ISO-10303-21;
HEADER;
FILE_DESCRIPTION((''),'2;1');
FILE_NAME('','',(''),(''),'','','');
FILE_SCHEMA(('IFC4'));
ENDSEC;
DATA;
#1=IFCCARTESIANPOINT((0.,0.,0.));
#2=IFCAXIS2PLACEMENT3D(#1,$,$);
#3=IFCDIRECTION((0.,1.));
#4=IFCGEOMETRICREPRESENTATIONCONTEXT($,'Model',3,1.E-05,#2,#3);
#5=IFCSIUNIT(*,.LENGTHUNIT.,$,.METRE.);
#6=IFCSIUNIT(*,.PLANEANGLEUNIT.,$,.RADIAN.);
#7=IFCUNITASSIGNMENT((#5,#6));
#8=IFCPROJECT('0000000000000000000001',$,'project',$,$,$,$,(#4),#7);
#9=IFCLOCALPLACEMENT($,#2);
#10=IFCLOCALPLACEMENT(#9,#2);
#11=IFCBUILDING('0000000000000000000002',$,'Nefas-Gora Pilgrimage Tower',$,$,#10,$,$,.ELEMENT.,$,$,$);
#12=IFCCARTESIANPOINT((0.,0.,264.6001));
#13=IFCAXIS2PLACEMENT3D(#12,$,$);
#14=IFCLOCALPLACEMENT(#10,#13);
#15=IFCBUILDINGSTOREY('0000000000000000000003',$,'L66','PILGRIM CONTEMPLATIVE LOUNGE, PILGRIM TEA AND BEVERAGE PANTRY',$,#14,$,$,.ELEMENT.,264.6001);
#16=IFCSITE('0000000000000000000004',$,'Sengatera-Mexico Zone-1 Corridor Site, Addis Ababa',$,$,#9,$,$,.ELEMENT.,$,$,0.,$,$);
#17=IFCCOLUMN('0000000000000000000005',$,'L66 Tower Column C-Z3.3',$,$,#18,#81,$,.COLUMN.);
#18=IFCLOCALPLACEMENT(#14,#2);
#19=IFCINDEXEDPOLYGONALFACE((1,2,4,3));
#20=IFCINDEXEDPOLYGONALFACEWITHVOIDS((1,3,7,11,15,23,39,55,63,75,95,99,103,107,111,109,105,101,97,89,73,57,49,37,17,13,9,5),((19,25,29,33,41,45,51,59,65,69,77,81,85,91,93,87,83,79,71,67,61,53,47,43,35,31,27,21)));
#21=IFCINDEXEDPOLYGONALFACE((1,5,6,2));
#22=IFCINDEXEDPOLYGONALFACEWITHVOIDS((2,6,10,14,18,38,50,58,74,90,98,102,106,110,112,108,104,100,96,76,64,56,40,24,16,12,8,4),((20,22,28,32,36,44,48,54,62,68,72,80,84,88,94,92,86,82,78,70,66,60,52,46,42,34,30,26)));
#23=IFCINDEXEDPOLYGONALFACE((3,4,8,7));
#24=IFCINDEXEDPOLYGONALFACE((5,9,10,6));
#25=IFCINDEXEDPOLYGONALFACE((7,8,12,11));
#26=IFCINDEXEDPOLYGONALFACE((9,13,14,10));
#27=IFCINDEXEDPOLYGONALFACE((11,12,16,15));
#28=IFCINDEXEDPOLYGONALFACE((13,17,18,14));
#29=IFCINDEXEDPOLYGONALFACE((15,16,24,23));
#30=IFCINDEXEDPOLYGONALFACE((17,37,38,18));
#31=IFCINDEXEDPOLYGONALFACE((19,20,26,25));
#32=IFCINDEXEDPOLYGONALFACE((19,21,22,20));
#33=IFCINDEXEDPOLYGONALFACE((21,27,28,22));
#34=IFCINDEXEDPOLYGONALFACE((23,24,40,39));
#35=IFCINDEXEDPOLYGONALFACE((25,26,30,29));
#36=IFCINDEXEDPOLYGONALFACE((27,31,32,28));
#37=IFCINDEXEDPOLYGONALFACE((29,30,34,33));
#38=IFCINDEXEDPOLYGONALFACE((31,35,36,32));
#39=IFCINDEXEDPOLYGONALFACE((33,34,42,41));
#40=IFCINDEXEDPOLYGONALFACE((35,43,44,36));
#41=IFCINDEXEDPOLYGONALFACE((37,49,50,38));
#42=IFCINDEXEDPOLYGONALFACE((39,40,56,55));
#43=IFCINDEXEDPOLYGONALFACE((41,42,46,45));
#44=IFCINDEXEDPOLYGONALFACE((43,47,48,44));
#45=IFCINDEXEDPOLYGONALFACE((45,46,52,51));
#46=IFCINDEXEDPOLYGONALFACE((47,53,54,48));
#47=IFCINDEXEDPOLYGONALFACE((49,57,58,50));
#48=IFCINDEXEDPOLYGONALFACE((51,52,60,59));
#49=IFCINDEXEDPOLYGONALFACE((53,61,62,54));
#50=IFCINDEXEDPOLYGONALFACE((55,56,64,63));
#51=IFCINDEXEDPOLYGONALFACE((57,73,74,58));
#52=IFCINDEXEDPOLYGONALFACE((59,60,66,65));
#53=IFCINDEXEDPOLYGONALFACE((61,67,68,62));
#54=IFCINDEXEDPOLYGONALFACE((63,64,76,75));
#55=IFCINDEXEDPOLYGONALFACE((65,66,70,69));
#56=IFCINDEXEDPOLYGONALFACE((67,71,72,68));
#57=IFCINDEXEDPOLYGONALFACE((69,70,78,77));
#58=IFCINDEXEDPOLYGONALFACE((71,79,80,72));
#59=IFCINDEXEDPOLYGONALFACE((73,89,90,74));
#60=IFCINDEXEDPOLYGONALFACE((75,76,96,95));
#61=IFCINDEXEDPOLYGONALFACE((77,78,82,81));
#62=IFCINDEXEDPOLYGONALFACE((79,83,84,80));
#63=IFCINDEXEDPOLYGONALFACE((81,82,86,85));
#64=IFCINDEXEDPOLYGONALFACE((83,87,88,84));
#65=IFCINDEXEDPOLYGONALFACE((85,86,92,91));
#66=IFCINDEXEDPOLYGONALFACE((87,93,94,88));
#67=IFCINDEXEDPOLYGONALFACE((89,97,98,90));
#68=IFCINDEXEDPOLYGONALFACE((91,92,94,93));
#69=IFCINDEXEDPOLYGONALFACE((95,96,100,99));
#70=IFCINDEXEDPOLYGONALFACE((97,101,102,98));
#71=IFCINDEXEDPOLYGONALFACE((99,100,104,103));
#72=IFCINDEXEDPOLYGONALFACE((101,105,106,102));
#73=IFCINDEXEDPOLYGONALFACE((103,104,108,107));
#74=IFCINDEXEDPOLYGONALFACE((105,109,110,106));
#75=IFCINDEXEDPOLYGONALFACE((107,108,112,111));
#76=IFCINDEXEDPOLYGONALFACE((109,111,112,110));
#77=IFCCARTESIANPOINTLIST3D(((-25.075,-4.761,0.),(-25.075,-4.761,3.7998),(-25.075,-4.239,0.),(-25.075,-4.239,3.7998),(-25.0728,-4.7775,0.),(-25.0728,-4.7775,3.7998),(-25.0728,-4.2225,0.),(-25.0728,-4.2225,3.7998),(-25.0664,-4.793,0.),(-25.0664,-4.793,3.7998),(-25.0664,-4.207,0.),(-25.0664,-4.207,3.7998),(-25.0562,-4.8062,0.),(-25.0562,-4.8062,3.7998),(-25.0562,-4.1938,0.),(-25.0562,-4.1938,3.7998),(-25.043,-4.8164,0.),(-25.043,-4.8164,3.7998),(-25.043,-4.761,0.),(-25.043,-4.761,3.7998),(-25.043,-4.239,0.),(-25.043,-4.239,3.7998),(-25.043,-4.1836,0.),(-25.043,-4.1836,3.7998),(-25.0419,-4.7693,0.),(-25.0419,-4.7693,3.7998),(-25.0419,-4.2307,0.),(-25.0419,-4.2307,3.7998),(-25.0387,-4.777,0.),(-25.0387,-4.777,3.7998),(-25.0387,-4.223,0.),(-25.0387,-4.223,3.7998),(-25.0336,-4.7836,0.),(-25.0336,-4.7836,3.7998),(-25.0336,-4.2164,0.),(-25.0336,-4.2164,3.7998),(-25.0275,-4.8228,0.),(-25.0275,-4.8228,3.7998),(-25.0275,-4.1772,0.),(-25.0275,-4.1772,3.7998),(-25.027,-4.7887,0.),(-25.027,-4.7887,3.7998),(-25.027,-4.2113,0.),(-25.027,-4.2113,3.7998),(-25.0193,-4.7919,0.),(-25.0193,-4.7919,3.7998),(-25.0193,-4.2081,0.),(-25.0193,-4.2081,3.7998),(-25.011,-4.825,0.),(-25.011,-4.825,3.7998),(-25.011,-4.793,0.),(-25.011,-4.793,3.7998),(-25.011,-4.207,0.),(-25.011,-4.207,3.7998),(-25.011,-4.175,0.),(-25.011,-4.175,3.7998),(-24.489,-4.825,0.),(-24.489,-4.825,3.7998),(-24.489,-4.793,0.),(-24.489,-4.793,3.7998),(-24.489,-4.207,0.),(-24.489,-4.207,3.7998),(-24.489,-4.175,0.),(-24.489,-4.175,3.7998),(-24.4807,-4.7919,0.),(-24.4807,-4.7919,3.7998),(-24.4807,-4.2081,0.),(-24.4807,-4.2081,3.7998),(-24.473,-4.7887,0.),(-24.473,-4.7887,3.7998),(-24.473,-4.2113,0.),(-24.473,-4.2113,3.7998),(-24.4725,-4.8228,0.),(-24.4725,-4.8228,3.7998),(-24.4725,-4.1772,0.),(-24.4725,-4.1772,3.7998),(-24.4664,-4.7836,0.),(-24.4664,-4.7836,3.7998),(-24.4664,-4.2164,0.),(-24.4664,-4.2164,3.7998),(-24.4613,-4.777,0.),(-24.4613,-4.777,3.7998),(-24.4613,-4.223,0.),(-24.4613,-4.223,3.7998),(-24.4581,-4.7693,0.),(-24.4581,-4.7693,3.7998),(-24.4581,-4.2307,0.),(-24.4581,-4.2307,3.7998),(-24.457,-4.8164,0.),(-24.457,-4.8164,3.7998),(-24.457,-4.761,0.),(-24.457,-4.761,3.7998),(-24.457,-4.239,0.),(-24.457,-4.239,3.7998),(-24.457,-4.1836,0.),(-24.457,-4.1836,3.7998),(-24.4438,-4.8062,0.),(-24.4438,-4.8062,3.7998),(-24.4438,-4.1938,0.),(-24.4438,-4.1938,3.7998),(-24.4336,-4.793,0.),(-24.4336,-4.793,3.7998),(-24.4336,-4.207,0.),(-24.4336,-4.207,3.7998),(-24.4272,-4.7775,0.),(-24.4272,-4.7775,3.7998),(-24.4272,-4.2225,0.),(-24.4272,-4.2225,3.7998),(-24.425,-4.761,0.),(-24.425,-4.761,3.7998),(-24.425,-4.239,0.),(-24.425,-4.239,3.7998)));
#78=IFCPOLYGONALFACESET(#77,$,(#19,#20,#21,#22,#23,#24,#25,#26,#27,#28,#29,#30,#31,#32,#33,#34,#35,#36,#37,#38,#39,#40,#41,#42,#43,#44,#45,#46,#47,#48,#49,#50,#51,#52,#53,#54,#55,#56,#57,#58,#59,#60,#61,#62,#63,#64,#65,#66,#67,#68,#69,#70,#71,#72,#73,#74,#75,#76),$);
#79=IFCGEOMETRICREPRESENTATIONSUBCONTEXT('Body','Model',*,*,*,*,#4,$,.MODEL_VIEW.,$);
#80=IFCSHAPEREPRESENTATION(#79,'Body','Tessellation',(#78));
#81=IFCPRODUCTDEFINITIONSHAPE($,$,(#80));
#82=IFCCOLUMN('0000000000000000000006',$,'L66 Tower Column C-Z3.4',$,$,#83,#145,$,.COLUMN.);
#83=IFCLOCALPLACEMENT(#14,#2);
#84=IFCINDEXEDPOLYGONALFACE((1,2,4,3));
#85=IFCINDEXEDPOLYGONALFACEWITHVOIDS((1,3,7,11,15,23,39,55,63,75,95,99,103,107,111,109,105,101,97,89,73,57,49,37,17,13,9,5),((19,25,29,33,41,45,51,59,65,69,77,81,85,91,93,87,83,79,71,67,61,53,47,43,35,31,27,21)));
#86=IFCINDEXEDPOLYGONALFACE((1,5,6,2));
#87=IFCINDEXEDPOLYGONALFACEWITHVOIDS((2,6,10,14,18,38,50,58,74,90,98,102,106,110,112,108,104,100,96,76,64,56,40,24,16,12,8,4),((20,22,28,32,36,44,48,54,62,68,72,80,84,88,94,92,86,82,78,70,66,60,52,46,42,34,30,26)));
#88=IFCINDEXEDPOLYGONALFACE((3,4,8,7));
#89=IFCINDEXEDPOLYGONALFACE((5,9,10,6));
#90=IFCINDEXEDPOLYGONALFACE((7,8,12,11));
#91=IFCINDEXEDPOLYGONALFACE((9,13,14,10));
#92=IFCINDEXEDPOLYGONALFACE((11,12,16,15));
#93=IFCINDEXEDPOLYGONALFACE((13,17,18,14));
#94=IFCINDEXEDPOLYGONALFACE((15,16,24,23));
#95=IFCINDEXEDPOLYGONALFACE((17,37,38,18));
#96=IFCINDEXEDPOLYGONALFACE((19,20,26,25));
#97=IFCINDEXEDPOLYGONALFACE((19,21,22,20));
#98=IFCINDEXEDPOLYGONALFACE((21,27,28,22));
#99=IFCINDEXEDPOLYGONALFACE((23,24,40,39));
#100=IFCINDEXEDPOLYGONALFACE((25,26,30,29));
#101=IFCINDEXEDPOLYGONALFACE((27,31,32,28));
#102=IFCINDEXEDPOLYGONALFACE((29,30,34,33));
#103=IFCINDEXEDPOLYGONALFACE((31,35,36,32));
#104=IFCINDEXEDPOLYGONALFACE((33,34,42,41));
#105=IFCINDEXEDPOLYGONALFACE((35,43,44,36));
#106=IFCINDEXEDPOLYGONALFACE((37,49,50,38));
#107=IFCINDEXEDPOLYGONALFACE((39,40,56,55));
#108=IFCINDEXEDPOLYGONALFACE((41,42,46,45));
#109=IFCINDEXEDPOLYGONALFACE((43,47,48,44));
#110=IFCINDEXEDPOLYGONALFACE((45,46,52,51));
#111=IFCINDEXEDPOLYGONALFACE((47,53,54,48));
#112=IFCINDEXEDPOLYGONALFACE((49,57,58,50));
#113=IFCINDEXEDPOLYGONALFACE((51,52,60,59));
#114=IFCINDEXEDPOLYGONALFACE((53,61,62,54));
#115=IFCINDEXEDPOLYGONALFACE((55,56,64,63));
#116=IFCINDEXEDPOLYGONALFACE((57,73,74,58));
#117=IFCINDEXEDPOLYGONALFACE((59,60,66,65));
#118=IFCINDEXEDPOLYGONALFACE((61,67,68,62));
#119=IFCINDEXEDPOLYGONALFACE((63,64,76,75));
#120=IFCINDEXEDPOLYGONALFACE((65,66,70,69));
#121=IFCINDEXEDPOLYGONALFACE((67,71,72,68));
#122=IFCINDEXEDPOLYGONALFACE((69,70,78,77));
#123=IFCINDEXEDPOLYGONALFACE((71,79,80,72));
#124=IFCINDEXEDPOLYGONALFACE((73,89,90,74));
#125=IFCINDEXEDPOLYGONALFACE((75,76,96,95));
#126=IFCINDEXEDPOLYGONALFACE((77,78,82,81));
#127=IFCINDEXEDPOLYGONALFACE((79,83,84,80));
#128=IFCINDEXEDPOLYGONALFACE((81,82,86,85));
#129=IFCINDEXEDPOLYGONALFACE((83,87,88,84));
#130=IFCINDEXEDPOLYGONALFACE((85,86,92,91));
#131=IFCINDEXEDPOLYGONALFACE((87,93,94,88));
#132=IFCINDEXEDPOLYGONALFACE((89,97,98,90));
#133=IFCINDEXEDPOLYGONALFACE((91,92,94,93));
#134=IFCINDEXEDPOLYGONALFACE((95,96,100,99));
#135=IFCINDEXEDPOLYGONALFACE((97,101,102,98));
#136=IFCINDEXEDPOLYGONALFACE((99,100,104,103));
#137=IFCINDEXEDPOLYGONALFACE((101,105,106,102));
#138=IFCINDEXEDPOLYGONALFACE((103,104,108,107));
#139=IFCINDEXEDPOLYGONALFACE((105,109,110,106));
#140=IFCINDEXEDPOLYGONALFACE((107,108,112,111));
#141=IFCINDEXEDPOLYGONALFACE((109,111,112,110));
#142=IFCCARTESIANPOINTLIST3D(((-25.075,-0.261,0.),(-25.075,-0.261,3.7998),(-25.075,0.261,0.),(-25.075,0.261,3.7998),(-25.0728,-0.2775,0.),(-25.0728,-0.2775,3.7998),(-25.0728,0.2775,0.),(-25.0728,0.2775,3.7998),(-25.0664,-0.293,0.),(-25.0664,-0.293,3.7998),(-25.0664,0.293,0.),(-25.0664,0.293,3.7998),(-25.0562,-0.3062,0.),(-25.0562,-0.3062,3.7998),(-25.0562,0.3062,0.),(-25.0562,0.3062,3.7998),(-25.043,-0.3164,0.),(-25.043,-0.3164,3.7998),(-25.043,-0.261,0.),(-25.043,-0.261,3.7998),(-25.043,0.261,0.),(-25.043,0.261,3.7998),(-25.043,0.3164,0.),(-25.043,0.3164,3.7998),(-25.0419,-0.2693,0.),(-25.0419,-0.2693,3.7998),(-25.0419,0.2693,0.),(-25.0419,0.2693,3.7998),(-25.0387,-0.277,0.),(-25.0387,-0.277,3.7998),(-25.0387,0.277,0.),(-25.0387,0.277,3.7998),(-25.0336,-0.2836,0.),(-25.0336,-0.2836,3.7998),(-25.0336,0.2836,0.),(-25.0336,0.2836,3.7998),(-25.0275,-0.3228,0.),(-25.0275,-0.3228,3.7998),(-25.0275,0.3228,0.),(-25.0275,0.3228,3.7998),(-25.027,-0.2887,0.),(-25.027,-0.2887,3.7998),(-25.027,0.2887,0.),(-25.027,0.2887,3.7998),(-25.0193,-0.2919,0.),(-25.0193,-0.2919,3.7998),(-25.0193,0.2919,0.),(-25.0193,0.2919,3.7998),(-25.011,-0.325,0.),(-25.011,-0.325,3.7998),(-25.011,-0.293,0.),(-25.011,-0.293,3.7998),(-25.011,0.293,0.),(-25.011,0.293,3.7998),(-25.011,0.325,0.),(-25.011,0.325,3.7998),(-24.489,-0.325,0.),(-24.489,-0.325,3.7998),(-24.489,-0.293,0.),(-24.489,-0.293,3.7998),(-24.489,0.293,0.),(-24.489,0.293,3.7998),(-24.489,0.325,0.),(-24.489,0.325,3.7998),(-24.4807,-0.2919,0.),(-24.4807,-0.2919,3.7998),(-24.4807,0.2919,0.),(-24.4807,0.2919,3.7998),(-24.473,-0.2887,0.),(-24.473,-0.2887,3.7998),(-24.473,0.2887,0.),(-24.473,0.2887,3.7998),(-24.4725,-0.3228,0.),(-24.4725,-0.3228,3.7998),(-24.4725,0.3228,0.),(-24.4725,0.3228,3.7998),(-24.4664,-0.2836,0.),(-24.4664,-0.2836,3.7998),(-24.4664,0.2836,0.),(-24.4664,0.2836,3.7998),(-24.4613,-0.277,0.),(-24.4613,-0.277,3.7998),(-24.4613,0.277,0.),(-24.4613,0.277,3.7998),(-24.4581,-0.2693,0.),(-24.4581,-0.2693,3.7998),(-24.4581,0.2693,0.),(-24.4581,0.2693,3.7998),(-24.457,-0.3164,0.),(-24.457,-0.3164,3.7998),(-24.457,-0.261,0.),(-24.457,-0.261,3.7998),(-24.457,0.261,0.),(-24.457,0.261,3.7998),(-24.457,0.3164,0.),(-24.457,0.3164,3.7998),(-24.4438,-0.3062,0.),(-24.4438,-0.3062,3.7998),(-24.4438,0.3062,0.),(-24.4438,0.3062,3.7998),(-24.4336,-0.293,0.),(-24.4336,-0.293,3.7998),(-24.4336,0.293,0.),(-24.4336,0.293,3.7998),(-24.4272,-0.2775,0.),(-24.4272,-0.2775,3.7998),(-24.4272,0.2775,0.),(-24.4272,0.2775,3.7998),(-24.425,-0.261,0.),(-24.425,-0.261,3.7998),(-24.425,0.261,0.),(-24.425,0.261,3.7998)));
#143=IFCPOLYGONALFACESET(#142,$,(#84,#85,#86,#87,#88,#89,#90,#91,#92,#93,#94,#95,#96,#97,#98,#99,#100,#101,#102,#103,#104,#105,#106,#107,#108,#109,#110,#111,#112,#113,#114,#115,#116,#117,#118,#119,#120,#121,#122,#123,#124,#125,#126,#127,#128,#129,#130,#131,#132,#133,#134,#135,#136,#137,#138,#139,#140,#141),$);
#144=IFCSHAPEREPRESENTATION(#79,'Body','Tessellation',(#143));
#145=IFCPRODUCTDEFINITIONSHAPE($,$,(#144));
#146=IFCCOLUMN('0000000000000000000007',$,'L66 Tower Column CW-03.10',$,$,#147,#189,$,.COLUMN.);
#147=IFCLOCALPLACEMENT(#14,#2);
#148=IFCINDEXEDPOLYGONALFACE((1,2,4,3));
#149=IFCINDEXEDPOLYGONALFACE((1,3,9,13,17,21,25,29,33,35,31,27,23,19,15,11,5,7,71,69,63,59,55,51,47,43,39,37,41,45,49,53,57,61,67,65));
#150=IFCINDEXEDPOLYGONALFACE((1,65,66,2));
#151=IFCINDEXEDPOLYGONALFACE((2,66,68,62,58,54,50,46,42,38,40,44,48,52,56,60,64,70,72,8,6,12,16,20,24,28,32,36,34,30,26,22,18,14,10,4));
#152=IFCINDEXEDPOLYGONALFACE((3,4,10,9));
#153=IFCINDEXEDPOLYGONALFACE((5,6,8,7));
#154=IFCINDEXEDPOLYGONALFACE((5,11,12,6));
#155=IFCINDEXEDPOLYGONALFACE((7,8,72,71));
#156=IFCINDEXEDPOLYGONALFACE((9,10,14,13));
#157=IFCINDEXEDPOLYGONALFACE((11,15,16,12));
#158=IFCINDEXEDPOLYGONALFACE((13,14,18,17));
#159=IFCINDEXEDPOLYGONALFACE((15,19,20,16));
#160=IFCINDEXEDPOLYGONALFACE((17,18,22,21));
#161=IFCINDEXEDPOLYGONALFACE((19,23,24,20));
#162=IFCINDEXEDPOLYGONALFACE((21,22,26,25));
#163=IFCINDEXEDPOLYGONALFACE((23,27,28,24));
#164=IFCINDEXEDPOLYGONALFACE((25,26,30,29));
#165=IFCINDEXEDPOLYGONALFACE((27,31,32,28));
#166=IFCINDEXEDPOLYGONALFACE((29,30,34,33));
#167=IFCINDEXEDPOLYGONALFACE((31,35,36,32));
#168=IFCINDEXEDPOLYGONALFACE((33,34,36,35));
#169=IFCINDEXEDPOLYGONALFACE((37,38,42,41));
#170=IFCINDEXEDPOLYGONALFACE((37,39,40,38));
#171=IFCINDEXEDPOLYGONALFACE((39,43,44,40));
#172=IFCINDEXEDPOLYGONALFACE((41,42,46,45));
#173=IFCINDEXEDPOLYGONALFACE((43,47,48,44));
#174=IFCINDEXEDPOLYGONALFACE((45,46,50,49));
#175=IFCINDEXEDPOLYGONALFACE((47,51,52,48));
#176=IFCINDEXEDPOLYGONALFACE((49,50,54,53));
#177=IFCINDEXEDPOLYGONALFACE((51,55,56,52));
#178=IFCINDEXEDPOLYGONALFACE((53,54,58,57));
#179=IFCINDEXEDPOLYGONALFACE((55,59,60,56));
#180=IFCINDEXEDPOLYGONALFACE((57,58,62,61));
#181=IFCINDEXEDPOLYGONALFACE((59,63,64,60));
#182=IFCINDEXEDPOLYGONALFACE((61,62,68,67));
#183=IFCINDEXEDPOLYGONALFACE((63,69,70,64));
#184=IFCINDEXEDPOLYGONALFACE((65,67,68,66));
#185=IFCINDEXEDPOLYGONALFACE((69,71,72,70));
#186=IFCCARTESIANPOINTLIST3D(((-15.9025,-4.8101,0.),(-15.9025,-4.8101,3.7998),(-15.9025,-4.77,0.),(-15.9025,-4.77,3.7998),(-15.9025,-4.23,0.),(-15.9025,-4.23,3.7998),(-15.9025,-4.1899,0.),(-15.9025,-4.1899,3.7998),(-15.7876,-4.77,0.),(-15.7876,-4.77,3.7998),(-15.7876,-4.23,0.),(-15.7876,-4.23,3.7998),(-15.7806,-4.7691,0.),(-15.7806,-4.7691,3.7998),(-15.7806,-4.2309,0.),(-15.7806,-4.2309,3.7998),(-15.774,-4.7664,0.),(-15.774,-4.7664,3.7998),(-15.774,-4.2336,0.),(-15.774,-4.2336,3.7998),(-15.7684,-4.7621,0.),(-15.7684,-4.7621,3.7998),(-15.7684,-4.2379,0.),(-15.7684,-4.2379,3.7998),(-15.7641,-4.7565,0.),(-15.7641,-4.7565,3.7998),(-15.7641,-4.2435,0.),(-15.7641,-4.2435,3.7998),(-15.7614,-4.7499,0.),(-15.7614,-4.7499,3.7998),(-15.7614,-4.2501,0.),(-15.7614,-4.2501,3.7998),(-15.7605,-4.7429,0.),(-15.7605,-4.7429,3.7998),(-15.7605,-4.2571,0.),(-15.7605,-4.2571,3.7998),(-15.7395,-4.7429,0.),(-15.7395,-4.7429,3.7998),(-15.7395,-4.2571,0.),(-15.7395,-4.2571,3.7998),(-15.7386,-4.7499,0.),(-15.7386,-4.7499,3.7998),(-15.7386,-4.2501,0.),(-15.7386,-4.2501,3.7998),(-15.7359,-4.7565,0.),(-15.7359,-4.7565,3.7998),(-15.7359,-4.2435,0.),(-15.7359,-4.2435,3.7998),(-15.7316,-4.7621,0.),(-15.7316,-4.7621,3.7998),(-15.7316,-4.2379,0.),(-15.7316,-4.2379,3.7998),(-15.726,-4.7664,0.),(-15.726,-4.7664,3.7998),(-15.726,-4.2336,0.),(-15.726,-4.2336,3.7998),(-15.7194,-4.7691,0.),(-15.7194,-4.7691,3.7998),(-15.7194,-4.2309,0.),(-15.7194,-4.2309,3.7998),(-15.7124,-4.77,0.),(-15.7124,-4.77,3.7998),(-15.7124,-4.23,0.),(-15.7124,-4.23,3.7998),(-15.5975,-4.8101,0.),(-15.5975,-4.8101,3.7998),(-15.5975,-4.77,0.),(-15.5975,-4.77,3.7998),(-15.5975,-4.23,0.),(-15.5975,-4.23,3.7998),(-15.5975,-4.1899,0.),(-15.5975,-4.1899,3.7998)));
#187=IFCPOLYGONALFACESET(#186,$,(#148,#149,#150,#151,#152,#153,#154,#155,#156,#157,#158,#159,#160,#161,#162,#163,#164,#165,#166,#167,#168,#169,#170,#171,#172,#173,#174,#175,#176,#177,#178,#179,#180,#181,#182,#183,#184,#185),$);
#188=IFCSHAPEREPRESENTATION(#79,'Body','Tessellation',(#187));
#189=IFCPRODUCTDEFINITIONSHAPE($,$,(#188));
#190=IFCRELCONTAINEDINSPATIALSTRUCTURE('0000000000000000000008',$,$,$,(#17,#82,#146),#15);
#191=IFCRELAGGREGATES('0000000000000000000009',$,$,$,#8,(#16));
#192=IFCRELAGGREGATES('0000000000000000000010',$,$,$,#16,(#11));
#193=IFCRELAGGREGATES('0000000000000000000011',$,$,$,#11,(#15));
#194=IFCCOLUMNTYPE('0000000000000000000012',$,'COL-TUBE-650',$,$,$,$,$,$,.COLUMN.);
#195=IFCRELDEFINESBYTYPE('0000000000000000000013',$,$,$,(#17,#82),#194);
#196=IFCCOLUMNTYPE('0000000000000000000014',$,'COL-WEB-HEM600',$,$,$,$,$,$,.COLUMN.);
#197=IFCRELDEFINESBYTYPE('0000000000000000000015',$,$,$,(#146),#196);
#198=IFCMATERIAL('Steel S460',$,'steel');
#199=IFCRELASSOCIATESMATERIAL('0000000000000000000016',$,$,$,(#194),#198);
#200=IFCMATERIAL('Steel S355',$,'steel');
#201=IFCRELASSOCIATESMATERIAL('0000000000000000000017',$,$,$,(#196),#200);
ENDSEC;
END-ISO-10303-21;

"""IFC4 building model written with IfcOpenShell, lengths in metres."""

from ifc_helpers import new_model, si_unit, direction, frame, origin, origin_2d, place, context, subcontext, project, spatial, hollow_rectangle, i_section, extrude, source, transform, mapped, material, material_profile, profile_set, type_object, element, save


model = new_model("IFC4")

# Units and contexts
model_context = context("Model", 3, precision=1e-05, world=origin(), true_north=direction((0.0, 1.0)))
body_context = subcontext(model_context, "Body", "Model", "MODEL_VIEW")
ifc_project = project(units=[si_unit("LENGTHUNIT", "METRE"), si_unit("PLANEANGLEUNIT", "RADIAN")], contexts=[model_context])

# Site, building, storey
site_placement = place(None, origin())
site = spatial("IfcSite", under=ifc_project, at=site_placement, Name="Sengatera-Mexico Zone-1 Corridor Site, Addis Ababa", CompositionType="ELEMENT", RefElevation=0.0)
building_placement = place(site_placement, origin())
building = spatial("IfcBuilding", under=site, at=building_placement, Name="Nefas-Gora Pilgrimage Tower", CompositionType="ELEMENT")
storey_placement = place(building_placement, frame((0.0, 0.0, 264.6001)))
storey = spatial("IfcBuildingStorey", under=building, at=storey_placement, Name="L66", Description="PILGRIM CONTEMPLATIVE LOUNGE, PILGRIM TEA AND BEVERAGE PANTRY", CompositionType="ELEMENT", Elevation=264.6001)

# Columns
ifc_material_1 = material(Name="Steel S460", Category="steel")
ifc_material_profile_1 = material_profile(ifc_material_1, hollow_rectangle(XDim=0.6499, YDim=0.6499, WallThickness=0.032, InnerFilletRadius=0.032, OuterFilletRadius=0.064, at=origin_2d()), Name="BOX 650x650x32")
ifc_profile_set_1 = profile_set([ifc_material_profile_1], Name="Steel S460")
column_type_1 = type_object("IfcColumnType", Name="COL-TUBE-650", PredefinedType="COLUMN", material=ifc_profile_set_1)
shared_shape_1 = source(origin(), body_context, "Body", "SweptSolid", [
    extrude(hollow_rectangle(XDim=0.6499, YDim=0.6499, WallThickness=0.032, InnerFilletRadius=0.032, OuterFilletRadius=0.064, at=origin_2d()), origin(), (0.0, 0.0, 1.0), 3.7998),
])
for number, where, z_axis, x_axis, name in (
    (1, (-24.75, -4.5, 0.0), (0.0, 0.0, 1.0), (1.0, 0.0, 0.0), "L66 Tower Column C-Z3.3"),
    (2, (-24.75, 0.0, 0.0), (0.0, 0.0, 1.0), (1.0, 0.0, 0.0), "L66 Tower Column C-Z3.4"),
):
    element("IfcColumn", number, at=place(storey_placement, frame(where, z_axis=z_axis, x_axis=x_axis)), inside=storey, type_object=column_type_1, Name=name, PredefinedType="COLUMN", context=body_context, shape_type="MappedRepresentation", body=[
        mapped(shared_shape_1, transform((0.0, 0.0, 0.0), x_axis=(1.0, 0.0, 0.0), y_axis=(0.0, 1.0, 0.0), z_axis=(0.0, 0.0, 1.0), scale=1.0)),
    ])
ifc_material_2 = material(Name="Steel S355", Category="steel")
ifc_material_profile_2 = material_profile(ifc_material_2, i_section(OverallWidth=0.3049, OverallDepth=0.6201, WebThickness=0.021, FlangeThickness=0.04, FilletRadius=0.0271, at=origin_2d()), Name="HEM 600")
ifc_profile_set_2 = profile_set([ifc_material_profile_2], Name="Steel S355")
column_type_2 = type_object("IfcColumnType", Name="COL-WEB-HEM600", PredefinedType="COLUMN", material=ifc_profile_set_2)
shared_shape_2 = source(origin(), body_context, "Body", "SweptSolid", [
    extrude(i_section(OverallWidth=0.3049, OverallDepth=0.6201, WebThickness=0.021, FlangeThickness=0.04, FilletRadius=0.0271, at=origin_2d()), origin(), (0.0, 0.0, 1.0), 3.7998),
])
for number, where, z_axis, x_axis, name in (
    (3, (-15.75, -4.5, 0.0), (0.0, 0.0, 1.0), (1.0, 0.0, 0.0), "L66 Tower Column CW-03.10"),
):
    element("IfcColumn", number, at=place(storey_placement, frame(where, z_axis=z_axis, x_axis=x_axis)), inside=storey, type_object=column_type_2, Name=name, PredefinedType="COLUMN", context=body_context, shape_type="MappedRepresentation", body=[
        mapped(shared_shape_2, transform((0.0, 0.0, 0.0), x_axis=(1.0, 0.0, 0.0), y_axis=(0.0, 1.0, 0.0), z_axis=(0.0, 0.0, 1.0), scale=1.0)),
    ])

save(model, "model.ifc")
